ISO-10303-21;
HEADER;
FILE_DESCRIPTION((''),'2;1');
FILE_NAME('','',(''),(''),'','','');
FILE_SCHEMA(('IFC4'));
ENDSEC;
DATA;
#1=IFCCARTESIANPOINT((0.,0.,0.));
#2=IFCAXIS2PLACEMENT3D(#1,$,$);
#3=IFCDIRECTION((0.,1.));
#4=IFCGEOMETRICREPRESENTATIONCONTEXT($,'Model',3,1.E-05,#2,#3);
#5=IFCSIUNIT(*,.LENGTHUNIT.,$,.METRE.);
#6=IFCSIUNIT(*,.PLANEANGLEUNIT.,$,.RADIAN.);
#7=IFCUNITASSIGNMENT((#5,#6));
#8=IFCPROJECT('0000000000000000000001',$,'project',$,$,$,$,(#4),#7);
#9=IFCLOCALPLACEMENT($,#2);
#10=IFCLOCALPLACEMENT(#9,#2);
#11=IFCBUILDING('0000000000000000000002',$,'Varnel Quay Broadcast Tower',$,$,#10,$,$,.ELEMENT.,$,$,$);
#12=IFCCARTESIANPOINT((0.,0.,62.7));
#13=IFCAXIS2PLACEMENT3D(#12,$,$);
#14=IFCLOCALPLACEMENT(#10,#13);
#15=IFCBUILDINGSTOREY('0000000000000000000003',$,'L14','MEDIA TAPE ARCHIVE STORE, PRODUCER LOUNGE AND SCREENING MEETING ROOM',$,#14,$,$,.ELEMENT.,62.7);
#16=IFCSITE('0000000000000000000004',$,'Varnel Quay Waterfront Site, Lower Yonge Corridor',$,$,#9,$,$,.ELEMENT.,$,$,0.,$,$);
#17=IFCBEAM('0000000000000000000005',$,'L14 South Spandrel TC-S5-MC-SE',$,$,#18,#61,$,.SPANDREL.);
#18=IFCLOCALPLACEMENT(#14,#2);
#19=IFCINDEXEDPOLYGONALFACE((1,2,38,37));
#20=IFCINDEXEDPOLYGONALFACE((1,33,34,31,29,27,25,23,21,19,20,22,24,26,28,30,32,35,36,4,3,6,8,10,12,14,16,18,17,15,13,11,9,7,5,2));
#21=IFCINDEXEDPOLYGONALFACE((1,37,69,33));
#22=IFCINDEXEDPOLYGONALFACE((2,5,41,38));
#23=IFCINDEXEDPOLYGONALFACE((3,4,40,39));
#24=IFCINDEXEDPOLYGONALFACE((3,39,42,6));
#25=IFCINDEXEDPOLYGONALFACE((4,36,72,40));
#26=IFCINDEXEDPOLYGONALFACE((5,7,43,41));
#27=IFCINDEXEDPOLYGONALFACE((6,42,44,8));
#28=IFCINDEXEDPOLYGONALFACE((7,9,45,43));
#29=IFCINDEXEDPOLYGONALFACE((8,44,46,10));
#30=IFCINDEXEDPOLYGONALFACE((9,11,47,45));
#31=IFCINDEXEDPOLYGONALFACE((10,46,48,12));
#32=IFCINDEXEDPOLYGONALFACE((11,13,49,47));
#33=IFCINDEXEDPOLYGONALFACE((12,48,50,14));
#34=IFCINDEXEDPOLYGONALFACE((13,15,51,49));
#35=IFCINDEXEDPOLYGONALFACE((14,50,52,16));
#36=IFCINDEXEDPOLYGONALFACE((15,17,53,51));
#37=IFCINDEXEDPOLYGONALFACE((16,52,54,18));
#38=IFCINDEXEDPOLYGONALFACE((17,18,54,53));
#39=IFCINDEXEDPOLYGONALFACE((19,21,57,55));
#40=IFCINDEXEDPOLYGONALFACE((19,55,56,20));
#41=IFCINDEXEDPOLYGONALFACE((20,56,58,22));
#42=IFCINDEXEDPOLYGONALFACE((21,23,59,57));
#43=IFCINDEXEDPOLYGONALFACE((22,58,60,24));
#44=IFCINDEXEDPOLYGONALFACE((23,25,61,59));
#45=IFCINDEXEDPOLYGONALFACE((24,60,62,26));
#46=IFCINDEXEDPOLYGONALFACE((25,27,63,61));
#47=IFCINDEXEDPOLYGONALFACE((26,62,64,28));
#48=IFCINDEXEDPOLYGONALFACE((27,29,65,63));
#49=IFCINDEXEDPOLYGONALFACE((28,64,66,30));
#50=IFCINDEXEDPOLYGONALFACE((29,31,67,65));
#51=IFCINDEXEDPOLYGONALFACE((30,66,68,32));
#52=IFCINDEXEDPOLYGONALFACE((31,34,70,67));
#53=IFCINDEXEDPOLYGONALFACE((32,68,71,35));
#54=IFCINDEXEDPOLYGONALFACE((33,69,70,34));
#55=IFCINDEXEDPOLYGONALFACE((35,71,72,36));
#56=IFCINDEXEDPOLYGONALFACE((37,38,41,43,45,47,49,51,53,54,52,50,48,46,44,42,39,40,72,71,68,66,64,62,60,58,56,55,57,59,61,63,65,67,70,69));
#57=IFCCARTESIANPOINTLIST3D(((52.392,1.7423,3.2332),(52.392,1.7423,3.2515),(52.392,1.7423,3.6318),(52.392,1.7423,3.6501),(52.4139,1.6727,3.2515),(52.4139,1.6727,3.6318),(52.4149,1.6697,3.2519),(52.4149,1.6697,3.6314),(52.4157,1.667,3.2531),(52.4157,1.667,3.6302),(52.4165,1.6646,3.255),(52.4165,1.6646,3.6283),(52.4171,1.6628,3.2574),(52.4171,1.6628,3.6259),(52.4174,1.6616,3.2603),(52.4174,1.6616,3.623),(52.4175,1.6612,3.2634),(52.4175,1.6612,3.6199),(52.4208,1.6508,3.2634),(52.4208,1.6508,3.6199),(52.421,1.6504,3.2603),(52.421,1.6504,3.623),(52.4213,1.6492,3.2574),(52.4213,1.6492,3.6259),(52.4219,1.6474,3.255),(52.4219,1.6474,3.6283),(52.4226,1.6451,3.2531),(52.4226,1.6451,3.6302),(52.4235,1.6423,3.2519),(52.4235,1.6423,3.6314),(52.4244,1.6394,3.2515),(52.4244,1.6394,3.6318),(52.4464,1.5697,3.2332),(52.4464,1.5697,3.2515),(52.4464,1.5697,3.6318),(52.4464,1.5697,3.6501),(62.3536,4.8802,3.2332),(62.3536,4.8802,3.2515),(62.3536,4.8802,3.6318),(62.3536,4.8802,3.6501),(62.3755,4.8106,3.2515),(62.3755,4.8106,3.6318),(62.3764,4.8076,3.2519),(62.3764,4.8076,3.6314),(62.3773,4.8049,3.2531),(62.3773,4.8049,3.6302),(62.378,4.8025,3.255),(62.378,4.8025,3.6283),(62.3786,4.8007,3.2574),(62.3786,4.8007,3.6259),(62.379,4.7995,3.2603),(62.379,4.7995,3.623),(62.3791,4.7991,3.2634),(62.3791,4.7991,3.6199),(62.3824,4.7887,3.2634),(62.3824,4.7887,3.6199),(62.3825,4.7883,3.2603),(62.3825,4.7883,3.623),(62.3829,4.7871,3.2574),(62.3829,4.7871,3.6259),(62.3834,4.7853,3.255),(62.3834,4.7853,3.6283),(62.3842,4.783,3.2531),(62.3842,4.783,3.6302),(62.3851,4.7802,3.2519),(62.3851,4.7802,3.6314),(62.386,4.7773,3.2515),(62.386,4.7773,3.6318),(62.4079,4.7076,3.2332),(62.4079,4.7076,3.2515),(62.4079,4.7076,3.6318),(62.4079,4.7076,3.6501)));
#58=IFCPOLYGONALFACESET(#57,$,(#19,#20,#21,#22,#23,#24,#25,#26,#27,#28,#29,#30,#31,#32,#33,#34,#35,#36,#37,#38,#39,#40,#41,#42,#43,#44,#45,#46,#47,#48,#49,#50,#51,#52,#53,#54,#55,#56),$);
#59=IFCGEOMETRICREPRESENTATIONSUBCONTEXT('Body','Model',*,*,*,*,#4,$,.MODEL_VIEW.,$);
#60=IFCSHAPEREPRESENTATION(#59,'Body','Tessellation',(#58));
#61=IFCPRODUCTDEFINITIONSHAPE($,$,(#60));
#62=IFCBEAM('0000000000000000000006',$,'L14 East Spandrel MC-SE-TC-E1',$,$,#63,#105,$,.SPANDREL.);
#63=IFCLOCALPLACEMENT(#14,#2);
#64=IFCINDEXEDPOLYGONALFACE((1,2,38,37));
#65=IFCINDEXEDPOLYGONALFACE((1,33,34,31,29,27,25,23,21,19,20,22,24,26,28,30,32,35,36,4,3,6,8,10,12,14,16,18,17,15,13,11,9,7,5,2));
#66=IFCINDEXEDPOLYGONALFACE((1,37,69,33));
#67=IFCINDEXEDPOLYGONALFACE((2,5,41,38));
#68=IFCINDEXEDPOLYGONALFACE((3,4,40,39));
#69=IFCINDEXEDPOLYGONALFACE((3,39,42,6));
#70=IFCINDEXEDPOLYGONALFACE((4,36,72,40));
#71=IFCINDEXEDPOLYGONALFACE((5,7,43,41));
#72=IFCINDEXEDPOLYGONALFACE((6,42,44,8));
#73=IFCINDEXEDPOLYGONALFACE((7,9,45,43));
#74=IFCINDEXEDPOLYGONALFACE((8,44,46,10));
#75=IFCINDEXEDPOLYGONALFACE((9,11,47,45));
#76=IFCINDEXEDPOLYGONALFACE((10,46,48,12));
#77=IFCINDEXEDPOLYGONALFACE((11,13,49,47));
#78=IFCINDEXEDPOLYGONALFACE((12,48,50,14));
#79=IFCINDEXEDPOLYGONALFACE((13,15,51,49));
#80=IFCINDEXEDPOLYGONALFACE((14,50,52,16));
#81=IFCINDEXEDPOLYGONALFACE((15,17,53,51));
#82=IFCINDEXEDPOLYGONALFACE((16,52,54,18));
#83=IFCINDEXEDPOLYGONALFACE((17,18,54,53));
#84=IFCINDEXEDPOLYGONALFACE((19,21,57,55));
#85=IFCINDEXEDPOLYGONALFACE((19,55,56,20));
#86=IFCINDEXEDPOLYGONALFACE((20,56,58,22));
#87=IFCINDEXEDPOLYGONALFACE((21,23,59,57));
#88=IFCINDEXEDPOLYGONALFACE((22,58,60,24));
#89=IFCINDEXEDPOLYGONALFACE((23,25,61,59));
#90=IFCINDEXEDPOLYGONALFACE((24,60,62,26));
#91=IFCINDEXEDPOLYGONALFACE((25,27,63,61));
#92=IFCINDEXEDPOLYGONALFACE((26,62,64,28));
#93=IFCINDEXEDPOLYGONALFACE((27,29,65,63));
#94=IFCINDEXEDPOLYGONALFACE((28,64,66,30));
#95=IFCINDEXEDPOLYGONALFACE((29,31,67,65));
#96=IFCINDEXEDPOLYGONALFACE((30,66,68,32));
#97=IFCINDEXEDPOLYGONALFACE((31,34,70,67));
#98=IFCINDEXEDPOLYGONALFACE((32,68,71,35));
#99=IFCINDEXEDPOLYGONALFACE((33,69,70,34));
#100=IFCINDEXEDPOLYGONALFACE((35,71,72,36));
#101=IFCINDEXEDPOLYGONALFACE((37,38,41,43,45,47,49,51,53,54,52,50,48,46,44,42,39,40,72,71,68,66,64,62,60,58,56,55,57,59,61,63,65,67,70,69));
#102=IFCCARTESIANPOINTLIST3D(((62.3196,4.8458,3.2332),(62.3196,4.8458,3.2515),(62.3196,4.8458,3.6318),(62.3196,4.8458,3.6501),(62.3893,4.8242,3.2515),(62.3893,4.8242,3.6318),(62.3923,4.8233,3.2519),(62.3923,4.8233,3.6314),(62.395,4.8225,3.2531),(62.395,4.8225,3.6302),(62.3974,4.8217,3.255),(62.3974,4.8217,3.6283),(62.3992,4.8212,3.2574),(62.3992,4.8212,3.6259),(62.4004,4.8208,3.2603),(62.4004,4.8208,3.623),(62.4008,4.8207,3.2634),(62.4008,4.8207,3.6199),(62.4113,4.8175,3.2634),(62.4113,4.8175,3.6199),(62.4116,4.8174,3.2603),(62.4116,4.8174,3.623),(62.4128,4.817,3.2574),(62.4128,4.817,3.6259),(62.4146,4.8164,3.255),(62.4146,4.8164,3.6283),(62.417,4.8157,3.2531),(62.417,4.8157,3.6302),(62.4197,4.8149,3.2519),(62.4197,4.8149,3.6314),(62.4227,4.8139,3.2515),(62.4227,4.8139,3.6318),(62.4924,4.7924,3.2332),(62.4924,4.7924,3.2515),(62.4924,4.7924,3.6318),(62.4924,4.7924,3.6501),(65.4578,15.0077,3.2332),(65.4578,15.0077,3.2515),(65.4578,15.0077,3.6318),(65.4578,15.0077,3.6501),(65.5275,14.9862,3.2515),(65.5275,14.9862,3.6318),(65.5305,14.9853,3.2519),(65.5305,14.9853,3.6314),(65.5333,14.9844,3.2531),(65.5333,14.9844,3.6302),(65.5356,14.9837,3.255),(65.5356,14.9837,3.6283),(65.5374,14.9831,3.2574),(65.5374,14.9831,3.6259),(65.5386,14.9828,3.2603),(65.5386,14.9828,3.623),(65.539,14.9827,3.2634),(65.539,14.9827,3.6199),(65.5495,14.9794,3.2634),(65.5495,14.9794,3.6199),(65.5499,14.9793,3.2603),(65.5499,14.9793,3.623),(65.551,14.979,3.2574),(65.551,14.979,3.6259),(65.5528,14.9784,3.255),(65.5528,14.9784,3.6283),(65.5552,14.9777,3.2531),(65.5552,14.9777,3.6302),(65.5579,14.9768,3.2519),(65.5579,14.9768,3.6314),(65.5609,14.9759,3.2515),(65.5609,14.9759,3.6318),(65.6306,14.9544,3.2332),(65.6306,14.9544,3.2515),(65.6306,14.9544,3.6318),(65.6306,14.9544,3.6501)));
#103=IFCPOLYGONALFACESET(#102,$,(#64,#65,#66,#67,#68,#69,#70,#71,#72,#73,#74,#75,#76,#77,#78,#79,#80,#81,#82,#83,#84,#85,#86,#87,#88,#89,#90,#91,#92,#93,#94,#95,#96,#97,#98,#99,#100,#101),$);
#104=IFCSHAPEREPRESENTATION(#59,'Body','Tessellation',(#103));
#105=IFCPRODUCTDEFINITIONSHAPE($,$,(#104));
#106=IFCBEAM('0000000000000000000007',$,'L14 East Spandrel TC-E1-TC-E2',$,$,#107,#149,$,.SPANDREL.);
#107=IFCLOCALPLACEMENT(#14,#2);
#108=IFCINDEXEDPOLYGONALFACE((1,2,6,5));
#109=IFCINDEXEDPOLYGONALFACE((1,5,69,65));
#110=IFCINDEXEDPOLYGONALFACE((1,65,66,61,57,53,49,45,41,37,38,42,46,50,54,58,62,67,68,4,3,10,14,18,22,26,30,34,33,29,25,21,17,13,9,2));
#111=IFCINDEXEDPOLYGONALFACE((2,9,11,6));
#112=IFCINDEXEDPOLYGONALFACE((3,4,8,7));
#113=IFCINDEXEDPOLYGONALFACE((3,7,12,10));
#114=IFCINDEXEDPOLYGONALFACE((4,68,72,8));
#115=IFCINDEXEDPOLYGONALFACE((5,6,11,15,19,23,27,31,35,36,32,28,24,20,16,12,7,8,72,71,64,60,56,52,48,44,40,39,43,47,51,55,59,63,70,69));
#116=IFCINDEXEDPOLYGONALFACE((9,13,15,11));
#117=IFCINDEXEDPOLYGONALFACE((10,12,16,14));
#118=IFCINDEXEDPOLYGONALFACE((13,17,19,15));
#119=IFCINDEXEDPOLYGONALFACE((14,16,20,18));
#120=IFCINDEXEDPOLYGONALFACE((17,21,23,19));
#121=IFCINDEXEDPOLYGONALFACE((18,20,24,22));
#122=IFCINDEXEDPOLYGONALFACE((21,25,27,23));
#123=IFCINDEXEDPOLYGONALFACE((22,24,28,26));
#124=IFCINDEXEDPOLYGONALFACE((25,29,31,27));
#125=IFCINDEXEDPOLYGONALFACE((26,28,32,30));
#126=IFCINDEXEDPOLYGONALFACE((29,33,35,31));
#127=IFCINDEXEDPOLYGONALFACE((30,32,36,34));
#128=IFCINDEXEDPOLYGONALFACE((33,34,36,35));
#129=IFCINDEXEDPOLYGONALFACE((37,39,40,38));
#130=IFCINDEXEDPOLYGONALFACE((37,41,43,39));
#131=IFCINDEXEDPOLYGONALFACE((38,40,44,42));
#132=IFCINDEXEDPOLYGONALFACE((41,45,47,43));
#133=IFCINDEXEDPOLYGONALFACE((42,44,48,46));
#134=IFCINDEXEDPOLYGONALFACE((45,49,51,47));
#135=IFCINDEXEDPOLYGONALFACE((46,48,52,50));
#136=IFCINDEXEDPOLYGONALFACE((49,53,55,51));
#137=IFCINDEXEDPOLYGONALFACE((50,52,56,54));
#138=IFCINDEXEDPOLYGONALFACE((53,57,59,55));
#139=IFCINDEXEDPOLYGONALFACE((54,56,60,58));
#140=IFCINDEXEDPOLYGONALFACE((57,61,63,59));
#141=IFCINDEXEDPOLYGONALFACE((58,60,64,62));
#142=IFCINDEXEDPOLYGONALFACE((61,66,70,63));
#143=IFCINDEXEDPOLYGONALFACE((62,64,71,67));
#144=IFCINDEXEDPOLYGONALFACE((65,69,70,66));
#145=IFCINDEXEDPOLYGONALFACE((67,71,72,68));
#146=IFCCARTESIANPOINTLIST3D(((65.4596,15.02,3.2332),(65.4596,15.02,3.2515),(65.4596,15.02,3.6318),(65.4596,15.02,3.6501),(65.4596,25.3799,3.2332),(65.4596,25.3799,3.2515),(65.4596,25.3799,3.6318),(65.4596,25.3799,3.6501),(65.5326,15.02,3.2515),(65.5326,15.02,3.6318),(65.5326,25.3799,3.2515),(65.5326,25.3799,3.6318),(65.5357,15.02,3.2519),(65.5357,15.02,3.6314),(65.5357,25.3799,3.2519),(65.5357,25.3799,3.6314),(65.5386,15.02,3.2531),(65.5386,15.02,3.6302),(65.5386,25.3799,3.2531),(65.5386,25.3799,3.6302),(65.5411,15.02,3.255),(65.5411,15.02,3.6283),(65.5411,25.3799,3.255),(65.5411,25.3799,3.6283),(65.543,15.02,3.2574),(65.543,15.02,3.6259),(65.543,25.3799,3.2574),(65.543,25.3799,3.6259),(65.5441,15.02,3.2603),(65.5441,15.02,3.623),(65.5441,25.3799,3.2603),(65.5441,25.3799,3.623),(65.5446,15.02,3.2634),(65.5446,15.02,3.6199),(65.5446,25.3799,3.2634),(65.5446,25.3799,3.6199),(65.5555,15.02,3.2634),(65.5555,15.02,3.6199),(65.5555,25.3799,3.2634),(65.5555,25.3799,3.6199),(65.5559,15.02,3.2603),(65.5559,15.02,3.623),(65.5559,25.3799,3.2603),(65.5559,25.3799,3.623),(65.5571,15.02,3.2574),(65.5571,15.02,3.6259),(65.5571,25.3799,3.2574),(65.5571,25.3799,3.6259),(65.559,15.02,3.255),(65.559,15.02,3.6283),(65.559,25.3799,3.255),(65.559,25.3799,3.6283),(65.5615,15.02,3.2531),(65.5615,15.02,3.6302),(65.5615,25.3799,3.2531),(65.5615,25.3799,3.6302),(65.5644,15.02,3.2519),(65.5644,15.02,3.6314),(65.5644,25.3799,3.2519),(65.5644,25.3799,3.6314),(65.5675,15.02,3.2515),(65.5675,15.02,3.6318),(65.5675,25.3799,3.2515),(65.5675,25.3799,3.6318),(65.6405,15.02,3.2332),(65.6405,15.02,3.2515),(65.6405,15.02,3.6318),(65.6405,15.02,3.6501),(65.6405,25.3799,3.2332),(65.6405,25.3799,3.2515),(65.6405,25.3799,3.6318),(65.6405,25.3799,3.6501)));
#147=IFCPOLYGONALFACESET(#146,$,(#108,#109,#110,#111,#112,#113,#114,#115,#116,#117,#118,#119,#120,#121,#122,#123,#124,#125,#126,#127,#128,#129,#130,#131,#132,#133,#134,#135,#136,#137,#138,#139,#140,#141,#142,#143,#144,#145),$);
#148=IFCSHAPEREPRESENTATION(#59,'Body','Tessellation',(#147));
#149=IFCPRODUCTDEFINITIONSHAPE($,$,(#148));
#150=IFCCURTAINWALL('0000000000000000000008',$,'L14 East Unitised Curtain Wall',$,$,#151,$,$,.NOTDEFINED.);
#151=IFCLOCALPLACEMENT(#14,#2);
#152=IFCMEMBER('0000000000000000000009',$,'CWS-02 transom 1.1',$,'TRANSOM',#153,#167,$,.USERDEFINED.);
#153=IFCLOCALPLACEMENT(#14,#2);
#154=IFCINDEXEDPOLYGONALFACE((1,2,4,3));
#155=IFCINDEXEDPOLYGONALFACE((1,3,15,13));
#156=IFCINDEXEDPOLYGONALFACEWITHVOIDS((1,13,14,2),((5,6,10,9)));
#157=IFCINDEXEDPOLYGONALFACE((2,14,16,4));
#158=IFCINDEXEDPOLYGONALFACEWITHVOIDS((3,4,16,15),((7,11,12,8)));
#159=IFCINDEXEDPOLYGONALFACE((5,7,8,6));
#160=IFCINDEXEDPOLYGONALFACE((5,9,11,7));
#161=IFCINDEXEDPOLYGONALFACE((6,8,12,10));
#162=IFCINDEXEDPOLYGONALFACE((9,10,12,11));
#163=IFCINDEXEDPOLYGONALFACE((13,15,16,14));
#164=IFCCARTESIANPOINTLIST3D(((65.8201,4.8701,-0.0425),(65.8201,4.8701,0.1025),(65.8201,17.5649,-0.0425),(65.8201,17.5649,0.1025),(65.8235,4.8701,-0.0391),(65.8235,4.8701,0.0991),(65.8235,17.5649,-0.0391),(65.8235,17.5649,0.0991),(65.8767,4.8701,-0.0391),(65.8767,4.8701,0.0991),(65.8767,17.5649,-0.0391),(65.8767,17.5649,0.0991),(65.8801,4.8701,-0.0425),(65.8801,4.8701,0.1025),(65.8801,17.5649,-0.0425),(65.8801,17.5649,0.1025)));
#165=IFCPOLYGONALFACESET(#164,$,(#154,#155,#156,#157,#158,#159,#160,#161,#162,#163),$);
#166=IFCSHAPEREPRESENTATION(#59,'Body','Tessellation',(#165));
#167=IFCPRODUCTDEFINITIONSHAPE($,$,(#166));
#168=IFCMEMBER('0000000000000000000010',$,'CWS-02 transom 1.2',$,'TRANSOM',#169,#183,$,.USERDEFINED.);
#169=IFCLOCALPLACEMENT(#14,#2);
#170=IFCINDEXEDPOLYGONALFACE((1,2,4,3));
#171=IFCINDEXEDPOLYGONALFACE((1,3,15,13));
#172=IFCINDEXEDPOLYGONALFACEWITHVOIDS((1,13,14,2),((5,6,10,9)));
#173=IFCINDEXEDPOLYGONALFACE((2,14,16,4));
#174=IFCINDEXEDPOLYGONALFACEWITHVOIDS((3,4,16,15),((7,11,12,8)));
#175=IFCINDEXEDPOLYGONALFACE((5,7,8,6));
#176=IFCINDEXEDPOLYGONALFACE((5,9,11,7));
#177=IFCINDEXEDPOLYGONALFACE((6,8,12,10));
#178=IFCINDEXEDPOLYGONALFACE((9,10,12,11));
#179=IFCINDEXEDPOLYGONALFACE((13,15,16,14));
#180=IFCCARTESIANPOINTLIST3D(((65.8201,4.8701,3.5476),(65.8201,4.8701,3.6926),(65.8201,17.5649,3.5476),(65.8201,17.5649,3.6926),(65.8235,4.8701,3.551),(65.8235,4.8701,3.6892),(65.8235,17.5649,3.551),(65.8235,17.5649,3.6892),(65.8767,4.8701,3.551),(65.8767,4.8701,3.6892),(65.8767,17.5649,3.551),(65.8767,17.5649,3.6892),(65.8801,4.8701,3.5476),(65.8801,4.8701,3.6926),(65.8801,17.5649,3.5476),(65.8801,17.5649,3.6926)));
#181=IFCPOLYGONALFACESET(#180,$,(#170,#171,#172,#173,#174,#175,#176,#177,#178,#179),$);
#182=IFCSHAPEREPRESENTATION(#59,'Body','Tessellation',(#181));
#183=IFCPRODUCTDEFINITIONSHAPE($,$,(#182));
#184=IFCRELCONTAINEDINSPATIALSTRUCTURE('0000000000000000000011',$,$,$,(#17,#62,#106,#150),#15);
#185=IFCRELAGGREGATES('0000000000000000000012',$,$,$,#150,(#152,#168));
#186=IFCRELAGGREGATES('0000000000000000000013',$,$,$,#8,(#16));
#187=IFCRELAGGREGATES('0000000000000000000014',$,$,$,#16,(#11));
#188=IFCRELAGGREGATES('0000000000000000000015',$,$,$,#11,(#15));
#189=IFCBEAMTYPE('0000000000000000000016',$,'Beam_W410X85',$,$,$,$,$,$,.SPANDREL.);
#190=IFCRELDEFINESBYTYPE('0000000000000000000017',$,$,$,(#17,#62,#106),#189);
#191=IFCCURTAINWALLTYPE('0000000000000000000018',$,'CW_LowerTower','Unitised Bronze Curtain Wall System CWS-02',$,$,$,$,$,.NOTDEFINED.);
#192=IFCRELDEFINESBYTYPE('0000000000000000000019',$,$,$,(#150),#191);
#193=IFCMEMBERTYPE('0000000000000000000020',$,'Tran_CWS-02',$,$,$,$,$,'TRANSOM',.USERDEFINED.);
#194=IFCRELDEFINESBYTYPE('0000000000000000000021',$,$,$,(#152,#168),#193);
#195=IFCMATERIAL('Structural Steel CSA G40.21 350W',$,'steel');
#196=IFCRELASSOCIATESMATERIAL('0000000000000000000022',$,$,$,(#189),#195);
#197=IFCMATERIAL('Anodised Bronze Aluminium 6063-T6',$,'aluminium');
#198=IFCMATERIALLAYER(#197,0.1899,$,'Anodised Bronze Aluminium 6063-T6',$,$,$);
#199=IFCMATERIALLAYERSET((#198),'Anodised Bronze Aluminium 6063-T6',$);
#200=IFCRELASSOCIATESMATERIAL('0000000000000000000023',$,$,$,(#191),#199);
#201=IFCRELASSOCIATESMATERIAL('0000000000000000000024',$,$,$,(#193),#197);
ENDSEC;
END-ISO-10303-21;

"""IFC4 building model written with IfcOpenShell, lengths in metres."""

from ifc_helpers import new_model, si_unit, direction, frame, origin, origin_2d, place, context, subcontext, project, spatial, hollow_rectangle, i_section, extrude, source, transform, mapped, material, layer, layer_set, material_profile, profile_set, type_object, type_shapes, element, aggregate, save


model = new_model("IFC4")

# Units and contexts
model_context = context("Model", 3, precision=1e-05, world=origin(), true_north=direction((0.0, 1.0)))
body_context = subcontext(model_context, "Body", "Model", "MODEL_VIEW")
ifc_project = project(units=[si_unit("LENGTHUNIT", "METRE"), si_unit("PLANEANGLEUNIT", "RADIAN")], contexts=[model_context])

# Site, building, storey
site_placement = place(None, origin())
site = spatial("IfcSite", under=ifc_project, at=site_placement, Name="Varnel Quay Waterfront Site, Lower Yonge Corridor", CompositionType="ELEMENT", RefElevation=0.0)
building_placement = place(site_placement, origin())
building = spatial("IfcBuilding", under=site, at=building_placement, Name="Varnel Quay Broadcast Tower", CompositionType="ELEMENT")
storey_placement = place(building_placement, frame((0.0, 0.0, 62.7)))
storey = spatial("IfcBuildingStorey", under=building, at=storey_placement, Name="L14", Description="MEDIA TAPE ARCHIVE STORE, PRODUCER LOUNGE AND SCREENING MEETING ROOM", CompositionType="ELEMENT", Elevation=62.7)

# Shared definitions
ifc_material_1 = material(Name="Structural Steel CSA G40.21 350W", Category="steel")

# Beams
ifc_material_profile_1 = material_profile(ifc_material_1, i_section(OverallWidth=0.1809, OverallDepth=0.417, WebThickness=0.011, FlangeThickness=0.0183, FilletRadius=0.012, at=origin_2d()), Name="W410X85")
ifc_profile_set_1 = profile_set([ifc_material_profile_1], Name="Structural Steel CSA G40.21 350W")
beam_type = type_object("IfcBeamType", Name="Beam_W410X85", PredefinedType="SPANDREL", material=ifc_profile_set_1)
shared_shape_1 = source(origin(), body_context, "Body", "SweptSolid", [
    extrude(i_section(OverallWidth=0.1809, OverallDepth=0.417, WebThickness=0.011, FlangeThickness=0.0183, FilletRadius=0.012, at=origin_2d()), origin(), (0.0, 0.0, 1.0), 10.4441),
])
beam_1_placement = place(storey_placement, frame((52.4192, 1.656, 3.4417), z_axis=(0.953798, 0.300448, 0.0), x_axis=(-0.300448, 0.953798, 0.0)))
element("IfcBeam", 1, at=beam_1_placement, inside=storey, type_object=beam_type, Name="L14 South Spandrel TC-S5-MC-SE", PredefinedType="SPANDREL", context=body_context, shape_type="MappedRepresentation", body=[
    mapped(shared_shape_1, transform((0.0, 0.0, 0.0), x_axis=(1.0, 0.0, 0.0), y_axis=(0.0, 1.0, 0.0), z_axis=(0.0, 0.0, 1.0), scale=1.0)),
])
shared_shape_2 = source(origin(), body_context, "Body", "SweptSolid", [
    extrude(i_section(OverallWidth=0.1809, OverallDepth=0.417, WebThickness=0.011, FlangeThickness=0.0183, FilletRadius=0.012, at=origin_2d()), origin(), (0.0, 0.0, 1.0), 10.6355),
])
beam_2_placement = place(storey_placement, frame((62.406, 4.8191, 3.4417), z_axis=(0.29507, 0.955476, 0.0), x_axis=(-0.955476, 0.29507, 0.0)))
element("IfcBeam", 2, at=beam_2_placement, inside=storey, type_object=beam_type, Name="L14 East Spandrel MC-SE-TC-E1", PredefinedType="SPANDREL", context=body_context, shape_type="MappedRepresentation", body=[
    mapped(shared_shape_2, transform((0.0, 0.0, 0.0), x_axis=(1.0, 0.0, 0.0), y_axis=(0.0, 1.0, 0.0), z_axis=(0.0, 0.0, 1.0), scale=1.0)),
])
shared_shape_3 = source(origin(), body_context, "Body", "SweptSolid", [
    extrude(i_section(OverallWidth=0.1809, OverallDepth=0.417, WebThickness=0.011, FlangeThickness=0.0183, FilletRadius=0.012, at=origin_2d()), origin(), (0.0, 0.0, 1.0), 10.3599),
])
type_shapes(beam_type, [shared_shape_1, shared_shape_2, shared_shape_3])
beam_3_placement = place(storey_placement, frame((65.55, 15.02, 3.4417), z_axis=(0.0, 1.0, 0.0), x_axis=(-1.0, 0.0, 0.0)))
element("IfcBeam", 3, at=beam_3_placement, inside=storey, type_object=beam_type, Name="L14 East Spandrel TC-E1-TC-E2", PredefinedType="SPANDREL", context=body_context, shape_type="MappedRepresentation", body=[
    mapped(shared_shape_3, transform((0.0, 0.0, 0.0), x_axis=(1.0, 0.0, 0.0), y_axis=(0.0, 1.0, 0.0), z_axis=(0.0, 0.0, 1.0), scale=1.0)),
])

# Curtain wall, members
ifc_material_2 = material(Name="Anodised Bronze Aluminium 6063-T6", Category="aluminium")
ifc_layer_1 = layer(ifc_material_2, 0.1899, Name="Anodised Bronze Aluminium 6063-T6")
ifc_layer_set_1 = layer_set([ifc_layer_1], Name="Anodised Bronze Aluminium 6063-T6")
curtain_wall_type_1 = type_object("IfcCurtainWallType", Name="CW_LowerTower", Description="Unitised Bronze Curtain Wall System CWS-02", PredefinedType="NOTDEFINED", material=ifc_layer_set_1)
curtain_wall_1_placement = place(storey_placement, origin())
curtain_wall_1 = element("IfcCurtainWall", 4, at=curtain_wall_1_placement, inside=storey, type_object=curtain_wall_type_1, Name="L14 East Unitised Curtain Wall", PredefinedType="NOTDEFINED")
ifc_material_profile_2 = material_profile(ifc_material_2, hollow_rectangle(XDim=0.0601, YDim=0.145, WallThickness=0.0034, at=origin_2d()), Name="ALU60X145X3.5")
ifc_profile_set_2 = profile_set([ifc_material_profile_2], Name="Anodised Bronze Aluminium 6063-T6")
member_type_1 = type_object("IfcMemberType", Name="Tran_CWS-02", ElementType="TRANSOM", PredefinedType="USERDEFINED", material=ifc_profile_set_2)
shared_shape_4 = source(origin(), body_context, "Body", "SweptSolid", [
    extrude(hollow_rectangle(XDim=0.0601, YDim=0.145, WallThickness=0.0034, at=origin_2d()), origin(), (0.0, 0.0, 1.0), 12.6948),
])
member_1_placement = place(storey_placement, frame((65.8501, 4.8701, 0.03), z_axis=(0.0, 1.0, 0.0), x_axis=(-1.0, 0.0, 0.0)))
member_1 = element("IfcMember", 5, at=member_1_placement, type_object=member_type_1, Name="CWS-02 transom 1.1", ObjectType="TRANSOM", PredefinedType="USERDEFINED", context=body_context, shape_type="MappedRepresentation", body=[
    mapped(shared_shape_4, transform((0.0, 0.0, 0.0), x_axis=(1.0, 0.0, 0.0), y_axis=(0.0, 1.0, 0.0), z_axis=(0.0, 0.0, 1.0), scale=1.0)),
])
member_2_placement = place(storey_placement, frame((65.8501, 4.8701, 3.6201), z_axis=(0.0, 1.0, 0.0), x_axis=(-1.0, 0.0, 0.0)))
member_2 = element("IfcMember", 6, at=member_2_placement, type_object=member_type_1, Name="CWS-02 transom 1.2", ObjectType="TRANSOM", PredefinedType="USERDEFINED", context=body_context, shape_type="MappedRepresentation", body=[
    mapped(shared_shape_4, transform((0.0, 0.0, 0.0), x_axis=(1.0, 0.0, 0.0), y_axis=(0.0, 1.0, 0.0), z_axis=(0.0, 0.0, 1.0), scale=1.0)),
])

aggregate(curtain_wall_1, [member_1, member_2])

save(model, "model.ifc")
